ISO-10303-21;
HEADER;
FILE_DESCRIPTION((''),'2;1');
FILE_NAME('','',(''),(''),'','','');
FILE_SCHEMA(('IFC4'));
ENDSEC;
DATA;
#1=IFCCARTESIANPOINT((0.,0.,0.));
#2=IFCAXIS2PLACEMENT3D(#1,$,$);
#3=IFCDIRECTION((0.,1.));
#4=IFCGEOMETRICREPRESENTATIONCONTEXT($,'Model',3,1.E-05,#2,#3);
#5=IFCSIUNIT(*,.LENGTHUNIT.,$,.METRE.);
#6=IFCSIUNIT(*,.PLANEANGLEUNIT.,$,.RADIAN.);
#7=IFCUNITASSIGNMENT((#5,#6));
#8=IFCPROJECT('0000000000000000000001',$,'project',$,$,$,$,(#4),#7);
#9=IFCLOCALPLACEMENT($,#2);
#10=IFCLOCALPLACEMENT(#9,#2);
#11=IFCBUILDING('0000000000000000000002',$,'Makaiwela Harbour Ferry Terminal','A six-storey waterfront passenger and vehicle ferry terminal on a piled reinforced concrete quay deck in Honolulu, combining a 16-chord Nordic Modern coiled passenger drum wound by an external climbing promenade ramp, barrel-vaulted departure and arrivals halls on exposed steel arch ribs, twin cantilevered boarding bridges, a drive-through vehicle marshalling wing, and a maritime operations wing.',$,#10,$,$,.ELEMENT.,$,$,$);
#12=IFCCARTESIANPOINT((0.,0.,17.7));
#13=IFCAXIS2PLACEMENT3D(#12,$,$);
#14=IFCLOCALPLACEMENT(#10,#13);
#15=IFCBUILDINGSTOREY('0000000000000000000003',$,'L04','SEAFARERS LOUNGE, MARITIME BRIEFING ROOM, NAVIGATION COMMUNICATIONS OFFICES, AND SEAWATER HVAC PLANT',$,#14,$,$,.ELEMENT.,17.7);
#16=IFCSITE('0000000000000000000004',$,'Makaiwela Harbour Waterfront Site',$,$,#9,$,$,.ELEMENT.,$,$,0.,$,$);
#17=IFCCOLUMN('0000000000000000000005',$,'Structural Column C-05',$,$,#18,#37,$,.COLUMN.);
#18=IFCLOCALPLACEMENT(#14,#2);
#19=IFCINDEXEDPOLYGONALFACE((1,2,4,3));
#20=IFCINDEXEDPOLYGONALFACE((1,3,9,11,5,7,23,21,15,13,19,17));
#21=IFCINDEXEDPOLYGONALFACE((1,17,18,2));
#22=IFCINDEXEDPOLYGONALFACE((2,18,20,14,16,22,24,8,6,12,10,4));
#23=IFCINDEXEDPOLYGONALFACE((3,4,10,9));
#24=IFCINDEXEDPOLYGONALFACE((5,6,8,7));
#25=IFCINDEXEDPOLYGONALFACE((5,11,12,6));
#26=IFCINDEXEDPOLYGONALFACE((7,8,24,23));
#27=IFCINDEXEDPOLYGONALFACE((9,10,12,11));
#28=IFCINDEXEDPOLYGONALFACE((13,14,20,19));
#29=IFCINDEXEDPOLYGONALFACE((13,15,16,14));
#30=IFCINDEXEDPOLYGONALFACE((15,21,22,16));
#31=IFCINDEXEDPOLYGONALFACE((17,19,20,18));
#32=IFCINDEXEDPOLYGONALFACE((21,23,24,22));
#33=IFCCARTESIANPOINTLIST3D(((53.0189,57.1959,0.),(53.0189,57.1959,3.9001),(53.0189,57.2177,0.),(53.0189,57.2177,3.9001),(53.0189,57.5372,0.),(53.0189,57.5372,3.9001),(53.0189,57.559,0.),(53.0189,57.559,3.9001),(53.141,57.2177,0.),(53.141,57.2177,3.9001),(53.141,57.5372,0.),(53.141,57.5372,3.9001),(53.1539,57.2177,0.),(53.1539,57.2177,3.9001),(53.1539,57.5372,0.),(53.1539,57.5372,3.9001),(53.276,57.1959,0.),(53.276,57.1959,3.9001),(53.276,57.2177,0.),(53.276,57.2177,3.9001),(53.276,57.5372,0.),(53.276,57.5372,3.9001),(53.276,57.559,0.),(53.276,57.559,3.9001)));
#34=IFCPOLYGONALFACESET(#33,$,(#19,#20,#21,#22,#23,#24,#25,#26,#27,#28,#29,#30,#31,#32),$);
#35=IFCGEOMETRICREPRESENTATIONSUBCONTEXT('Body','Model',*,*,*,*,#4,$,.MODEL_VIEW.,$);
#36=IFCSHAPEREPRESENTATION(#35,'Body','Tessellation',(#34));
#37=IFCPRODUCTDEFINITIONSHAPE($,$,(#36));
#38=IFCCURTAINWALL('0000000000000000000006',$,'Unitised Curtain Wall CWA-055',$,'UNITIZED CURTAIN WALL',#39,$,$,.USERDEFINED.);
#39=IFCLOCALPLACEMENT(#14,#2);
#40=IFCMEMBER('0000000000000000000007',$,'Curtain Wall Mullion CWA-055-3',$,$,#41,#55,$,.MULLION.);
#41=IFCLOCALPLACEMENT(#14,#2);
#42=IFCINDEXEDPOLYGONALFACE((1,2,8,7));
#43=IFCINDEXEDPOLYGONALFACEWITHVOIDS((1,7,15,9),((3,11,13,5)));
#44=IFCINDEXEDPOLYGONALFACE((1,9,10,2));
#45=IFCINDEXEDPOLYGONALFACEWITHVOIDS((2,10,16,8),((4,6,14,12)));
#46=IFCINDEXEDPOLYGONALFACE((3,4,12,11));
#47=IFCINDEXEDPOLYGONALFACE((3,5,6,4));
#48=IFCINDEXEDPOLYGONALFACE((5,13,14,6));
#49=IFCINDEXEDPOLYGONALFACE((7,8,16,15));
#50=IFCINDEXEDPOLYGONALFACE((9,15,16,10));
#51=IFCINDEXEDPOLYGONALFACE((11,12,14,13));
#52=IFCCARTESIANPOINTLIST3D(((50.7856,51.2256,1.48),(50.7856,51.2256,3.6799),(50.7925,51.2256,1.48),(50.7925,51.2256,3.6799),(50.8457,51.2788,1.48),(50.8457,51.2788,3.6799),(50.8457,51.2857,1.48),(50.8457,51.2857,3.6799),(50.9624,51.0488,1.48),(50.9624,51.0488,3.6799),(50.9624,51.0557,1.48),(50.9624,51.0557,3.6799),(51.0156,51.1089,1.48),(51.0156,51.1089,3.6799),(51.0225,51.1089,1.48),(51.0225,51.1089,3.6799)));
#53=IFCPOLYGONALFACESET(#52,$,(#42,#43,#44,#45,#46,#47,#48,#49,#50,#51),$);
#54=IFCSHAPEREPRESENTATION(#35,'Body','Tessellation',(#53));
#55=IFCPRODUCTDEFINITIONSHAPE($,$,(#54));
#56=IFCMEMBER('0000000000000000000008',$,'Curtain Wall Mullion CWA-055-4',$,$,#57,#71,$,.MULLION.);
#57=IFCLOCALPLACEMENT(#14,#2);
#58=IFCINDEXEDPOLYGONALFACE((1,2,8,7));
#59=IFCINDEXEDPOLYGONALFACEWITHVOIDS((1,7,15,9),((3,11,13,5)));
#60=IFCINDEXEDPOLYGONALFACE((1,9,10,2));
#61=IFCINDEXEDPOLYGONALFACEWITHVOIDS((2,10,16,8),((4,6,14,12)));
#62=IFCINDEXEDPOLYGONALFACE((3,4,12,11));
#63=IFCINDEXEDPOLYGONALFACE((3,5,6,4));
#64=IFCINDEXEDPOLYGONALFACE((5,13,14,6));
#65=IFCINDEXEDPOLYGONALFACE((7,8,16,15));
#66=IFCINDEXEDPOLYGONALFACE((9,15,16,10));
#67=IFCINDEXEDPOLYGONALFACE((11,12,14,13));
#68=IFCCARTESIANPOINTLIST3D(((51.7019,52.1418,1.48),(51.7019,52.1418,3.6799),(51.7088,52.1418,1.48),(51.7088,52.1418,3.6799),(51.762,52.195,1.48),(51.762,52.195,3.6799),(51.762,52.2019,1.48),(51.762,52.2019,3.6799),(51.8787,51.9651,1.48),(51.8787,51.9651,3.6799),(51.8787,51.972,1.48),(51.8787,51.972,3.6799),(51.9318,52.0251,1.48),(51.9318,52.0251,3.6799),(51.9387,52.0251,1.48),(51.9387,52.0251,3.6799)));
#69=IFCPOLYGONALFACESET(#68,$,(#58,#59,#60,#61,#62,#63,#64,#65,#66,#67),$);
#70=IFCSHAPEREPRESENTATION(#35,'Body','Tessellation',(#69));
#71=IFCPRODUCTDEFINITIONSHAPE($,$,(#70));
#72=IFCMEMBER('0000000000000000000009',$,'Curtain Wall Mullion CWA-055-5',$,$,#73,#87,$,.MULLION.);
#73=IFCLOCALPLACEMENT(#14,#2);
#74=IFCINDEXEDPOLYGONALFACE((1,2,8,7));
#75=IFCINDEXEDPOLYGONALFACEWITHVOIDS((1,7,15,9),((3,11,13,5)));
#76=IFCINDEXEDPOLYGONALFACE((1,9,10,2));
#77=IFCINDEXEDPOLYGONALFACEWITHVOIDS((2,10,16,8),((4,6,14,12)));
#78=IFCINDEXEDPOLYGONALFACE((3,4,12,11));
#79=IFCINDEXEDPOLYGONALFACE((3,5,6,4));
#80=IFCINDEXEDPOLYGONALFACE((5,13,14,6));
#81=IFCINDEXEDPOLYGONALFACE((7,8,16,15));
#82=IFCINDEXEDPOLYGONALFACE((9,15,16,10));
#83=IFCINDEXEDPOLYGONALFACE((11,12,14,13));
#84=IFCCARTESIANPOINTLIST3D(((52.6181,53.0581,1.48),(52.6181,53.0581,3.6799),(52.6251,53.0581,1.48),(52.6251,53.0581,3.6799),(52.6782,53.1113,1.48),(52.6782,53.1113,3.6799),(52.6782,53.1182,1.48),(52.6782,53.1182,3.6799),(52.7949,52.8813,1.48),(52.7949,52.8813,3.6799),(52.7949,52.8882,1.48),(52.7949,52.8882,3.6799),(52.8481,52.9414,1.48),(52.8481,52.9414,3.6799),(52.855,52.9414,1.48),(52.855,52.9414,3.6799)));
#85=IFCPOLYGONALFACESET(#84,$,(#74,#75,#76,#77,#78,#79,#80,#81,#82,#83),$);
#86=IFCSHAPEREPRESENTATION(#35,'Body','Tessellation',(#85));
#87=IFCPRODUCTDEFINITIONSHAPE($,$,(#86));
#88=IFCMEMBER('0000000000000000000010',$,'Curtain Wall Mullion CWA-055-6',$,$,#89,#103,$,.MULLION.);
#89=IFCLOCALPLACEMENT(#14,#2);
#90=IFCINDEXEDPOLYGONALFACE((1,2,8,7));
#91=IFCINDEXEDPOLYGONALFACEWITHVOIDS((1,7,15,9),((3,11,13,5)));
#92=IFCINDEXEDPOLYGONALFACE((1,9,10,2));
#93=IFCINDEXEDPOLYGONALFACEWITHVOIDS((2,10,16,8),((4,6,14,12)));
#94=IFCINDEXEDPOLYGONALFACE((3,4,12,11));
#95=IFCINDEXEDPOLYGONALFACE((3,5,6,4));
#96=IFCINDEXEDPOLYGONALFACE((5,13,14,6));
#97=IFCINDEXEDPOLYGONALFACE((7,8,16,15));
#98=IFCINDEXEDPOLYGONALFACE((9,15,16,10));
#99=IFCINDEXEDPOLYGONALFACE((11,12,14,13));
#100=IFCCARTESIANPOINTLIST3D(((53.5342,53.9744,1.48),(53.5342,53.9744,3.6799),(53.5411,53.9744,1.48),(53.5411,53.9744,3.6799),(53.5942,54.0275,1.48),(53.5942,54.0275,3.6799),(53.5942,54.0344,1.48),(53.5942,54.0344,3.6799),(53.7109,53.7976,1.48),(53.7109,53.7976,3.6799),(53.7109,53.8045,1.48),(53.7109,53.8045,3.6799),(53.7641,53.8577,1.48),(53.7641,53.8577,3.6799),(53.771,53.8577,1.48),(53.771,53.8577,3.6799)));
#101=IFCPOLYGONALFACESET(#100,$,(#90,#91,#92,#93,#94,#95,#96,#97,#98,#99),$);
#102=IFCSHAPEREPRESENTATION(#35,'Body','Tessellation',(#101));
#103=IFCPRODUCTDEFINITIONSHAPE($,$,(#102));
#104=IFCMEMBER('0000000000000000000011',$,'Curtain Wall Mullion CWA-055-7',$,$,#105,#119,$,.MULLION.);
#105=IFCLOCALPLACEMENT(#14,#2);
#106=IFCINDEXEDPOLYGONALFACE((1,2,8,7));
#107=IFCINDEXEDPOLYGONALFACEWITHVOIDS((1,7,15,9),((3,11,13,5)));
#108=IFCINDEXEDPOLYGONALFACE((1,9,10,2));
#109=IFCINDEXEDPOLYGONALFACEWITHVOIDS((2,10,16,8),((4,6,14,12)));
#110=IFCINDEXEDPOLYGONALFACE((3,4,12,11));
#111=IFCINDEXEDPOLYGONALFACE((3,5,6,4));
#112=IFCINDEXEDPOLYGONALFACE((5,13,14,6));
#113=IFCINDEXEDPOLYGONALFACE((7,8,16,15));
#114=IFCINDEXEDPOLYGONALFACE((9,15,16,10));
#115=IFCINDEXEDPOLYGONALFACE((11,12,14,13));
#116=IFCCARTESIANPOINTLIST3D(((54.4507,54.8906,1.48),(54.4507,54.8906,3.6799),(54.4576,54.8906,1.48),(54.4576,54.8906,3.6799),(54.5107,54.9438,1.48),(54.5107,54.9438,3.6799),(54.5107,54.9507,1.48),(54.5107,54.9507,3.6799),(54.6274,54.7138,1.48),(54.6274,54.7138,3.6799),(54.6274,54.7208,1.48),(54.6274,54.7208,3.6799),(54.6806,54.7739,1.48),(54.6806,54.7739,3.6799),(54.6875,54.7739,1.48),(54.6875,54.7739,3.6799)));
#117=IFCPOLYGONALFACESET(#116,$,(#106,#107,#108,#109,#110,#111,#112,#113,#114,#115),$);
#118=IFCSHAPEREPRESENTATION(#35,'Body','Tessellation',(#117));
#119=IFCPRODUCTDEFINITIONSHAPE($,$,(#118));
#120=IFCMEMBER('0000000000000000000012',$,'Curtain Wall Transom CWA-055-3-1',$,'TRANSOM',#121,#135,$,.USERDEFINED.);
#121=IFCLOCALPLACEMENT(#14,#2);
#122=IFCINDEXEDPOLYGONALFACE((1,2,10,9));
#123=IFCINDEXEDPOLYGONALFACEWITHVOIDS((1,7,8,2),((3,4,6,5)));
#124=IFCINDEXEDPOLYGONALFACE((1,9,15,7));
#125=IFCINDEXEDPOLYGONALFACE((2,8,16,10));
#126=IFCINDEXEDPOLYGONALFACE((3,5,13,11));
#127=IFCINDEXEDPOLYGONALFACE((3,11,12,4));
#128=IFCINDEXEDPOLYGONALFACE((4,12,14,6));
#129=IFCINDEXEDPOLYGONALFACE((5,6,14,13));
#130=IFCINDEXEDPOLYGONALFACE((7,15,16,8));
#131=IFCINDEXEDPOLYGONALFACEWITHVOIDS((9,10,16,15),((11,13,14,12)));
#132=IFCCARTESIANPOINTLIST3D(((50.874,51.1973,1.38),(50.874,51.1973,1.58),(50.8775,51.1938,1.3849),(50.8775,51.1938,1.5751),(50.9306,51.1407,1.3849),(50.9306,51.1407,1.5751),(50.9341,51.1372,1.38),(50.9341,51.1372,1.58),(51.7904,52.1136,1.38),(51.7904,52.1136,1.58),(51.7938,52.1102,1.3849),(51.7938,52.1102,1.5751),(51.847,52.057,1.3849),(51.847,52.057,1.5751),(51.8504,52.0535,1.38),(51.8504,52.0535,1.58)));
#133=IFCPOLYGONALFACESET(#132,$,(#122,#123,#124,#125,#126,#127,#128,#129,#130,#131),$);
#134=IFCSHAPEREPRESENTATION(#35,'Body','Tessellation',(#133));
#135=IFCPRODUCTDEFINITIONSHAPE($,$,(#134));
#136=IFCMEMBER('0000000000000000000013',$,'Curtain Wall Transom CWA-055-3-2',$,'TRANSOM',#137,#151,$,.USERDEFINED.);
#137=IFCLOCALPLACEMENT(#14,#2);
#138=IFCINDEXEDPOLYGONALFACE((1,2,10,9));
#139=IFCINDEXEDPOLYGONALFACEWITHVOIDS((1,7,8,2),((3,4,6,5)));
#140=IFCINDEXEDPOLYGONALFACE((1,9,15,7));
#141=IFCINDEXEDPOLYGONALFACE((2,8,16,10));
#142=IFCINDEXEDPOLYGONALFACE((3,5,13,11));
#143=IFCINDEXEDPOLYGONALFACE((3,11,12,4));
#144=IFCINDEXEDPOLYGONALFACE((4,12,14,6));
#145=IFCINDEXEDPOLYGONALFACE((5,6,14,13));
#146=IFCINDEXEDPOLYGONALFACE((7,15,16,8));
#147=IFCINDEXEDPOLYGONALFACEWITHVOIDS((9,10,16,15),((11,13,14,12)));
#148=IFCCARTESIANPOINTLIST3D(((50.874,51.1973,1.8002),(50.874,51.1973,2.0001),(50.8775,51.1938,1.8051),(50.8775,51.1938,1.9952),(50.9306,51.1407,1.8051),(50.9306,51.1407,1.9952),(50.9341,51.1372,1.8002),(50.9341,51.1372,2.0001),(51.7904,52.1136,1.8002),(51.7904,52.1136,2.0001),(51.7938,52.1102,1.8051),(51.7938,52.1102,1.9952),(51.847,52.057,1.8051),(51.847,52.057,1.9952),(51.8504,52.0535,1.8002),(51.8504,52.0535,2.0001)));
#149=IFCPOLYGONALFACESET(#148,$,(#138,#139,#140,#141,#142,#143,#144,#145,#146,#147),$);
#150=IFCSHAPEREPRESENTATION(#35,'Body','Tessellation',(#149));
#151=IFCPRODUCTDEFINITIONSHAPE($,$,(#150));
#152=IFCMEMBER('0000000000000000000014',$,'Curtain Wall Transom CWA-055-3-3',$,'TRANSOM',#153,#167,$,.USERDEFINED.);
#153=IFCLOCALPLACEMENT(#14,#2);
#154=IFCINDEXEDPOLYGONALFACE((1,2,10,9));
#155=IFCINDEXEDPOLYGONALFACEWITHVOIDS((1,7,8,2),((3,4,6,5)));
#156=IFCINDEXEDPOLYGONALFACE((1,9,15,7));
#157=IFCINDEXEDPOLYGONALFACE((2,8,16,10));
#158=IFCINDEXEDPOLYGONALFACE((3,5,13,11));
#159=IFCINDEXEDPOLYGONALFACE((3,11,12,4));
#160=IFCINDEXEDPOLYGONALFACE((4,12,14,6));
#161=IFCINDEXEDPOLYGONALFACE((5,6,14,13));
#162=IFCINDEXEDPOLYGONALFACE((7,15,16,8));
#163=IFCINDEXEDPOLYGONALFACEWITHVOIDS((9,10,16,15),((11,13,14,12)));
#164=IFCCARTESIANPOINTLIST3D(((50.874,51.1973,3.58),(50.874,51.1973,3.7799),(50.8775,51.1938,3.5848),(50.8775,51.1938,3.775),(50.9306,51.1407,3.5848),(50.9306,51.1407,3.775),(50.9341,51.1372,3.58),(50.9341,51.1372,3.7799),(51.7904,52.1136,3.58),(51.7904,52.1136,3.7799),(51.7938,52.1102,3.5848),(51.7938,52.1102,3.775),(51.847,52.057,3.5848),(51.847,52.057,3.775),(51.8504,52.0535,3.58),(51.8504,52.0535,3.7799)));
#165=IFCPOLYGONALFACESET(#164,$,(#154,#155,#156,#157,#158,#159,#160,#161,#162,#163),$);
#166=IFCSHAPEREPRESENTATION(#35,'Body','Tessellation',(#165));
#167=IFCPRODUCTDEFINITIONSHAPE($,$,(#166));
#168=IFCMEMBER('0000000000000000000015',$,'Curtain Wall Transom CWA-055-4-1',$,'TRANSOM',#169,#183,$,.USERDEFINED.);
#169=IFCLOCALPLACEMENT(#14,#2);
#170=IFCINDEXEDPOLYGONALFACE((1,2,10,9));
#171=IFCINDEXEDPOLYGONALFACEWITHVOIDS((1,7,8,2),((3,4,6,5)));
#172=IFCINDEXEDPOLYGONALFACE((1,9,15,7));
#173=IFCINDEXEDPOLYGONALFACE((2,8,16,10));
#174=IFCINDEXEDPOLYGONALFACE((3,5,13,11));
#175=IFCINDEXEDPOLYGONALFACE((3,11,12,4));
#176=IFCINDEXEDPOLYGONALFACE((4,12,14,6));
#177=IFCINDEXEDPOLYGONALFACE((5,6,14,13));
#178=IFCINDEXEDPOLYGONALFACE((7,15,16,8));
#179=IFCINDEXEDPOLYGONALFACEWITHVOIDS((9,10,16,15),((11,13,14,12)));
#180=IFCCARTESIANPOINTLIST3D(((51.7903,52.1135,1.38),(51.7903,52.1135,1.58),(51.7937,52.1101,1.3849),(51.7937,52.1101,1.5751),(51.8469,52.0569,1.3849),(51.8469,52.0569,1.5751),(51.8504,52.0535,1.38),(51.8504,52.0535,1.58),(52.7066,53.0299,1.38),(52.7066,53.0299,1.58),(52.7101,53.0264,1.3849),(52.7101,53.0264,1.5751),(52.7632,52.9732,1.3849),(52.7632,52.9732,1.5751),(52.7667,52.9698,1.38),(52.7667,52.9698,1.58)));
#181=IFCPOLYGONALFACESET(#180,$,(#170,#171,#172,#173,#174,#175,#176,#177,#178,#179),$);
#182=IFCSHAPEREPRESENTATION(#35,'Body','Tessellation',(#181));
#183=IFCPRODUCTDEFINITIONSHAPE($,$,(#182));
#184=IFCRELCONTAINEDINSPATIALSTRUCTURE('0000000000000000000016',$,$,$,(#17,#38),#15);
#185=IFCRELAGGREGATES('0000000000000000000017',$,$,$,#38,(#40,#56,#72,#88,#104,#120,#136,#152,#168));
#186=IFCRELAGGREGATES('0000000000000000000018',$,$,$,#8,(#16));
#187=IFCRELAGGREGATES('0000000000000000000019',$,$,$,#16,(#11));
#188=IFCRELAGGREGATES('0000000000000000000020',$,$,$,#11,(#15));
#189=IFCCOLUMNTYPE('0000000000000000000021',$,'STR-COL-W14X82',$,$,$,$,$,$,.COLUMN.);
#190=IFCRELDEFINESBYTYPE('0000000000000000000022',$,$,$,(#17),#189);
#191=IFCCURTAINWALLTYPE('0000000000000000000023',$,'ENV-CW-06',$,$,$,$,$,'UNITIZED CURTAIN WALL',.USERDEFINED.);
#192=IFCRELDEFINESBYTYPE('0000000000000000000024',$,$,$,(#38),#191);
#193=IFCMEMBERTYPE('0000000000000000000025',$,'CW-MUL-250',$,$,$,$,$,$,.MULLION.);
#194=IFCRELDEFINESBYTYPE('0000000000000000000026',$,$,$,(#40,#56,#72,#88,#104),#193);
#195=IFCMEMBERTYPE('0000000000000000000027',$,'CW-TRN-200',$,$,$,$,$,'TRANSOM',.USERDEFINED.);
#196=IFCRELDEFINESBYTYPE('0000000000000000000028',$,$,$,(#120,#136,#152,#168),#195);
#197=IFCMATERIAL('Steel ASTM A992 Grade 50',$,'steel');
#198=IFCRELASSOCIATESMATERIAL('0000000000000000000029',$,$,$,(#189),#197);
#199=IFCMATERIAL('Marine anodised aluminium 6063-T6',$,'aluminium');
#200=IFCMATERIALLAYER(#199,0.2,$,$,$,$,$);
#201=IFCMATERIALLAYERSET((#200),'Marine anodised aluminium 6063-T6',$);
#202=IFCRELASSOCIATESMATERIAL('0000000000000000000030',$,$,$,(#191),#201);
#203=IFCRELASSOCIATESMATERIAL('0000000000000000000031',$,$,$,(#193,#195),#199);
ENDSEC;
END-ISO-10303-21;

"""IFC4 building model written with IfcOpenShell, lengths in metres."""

from ifc_helpers import new_model, si_unit, direction, frame, origin, origin_2d, place, context, subcontext, project, spatial, hollow_rectangle, i_section, extrude, material, layer, layer_set, material_profile, profile_set, type_object, element, aggregate, save


model = new_model("IFC4")

# Units and contexts
model_context = context("Model", 3, precision=1e-05, world=origin(), true_north=direction((0.0, 1.0)))
body_context = subcontext(model_context, "Body", "Model", "MODEL_VIEW")
ifc_project = project(units=[si_unit("LENGTHUNIT", "METRE"), si_unit("PLANEANGLEUNIT", "RADIAN")], contexts=[model_context])

# Site, building, storey
site_placement = place(None, origin())
site = spatial("IfcSite", under=ifc_project, at=site_placement, Name="Makaiwela Harbour Waterfront Site", CompositionType="ELEMENT", RefElevation=0.0)
building_placement = place(site_placement, origin())
building = spatial("IfcBuilding", under=site, at=building_placement, Name="Makaiwela Harbour Ferry Terminal", Description="A six-storey waterfront passenger and vehicle ferry terminal on a piled reinforced concrete quay deck in Honolulu, combining a 16-chord Nordic Modern coiled passenger drum wound by an external climbing promenade ramp, barrel-vaulted departure and arrivals halls on exposed steel arch ribs, twin cantilevered boarding bridges, a drive-through vehicle marshalling wing, and a maritime operations wing.", CompositionType="ELEMENT")
storey_placement = place(building_placement, frame((0.0, 0.0, 17.7)))
storey = spatial("IfcBuildingStorey", under=building, at=storey_placement, Name="L04", Description="SEAFARERS LOUNGE, MARITIME BRIEFING ROOM, NAVIGATION COMMUNICATIONS OFFICES, AND SEAWATER HVAC PLANT", CompositionType="ELEMENT", Elevation=17.7)

# Column
ifc_material_1 = material(Name="Steel ASTM A992 Grade 50", Category="steel")
ifc_material_profile_1 = material_profile(ifc_material_1, i_section(OverallWidth=0.2571, OverallDepth=0.363, WebThickness=0.0129, FlangeThickness=0.0217, at=origin_2d()), Name="W14X82")
ifc_profile_set_1 = profile_set([ifc_material_profile_1], Name="Steel ASTM A992 Grade 50")
column_type = type_object("IfcColumnType", Name="STR-COL-W14X82", PredefinedType="COLUMN", material=ifc_profile_set_1)
column_placement = place(storey_placement, frame((53.1475, 57.3774, 0.0), z_axis=(0.0, 0.0, 1.0), x_axis=(1.0, 0.0, 0.0)))
element("IfcColumn", 1, at=column_placement, inside=storey, type_object=column_type, Name="Structural Column C-05", PredefinedType="COLUMN", context=body_context, shape_type="SweptSolid", body=[
    extrude(i_section(OverallWidth=0.2571, OverallDepth=0.363, WebThickness=0.0129, FlangeThickness=0.0217, at=origin_2d()), origin(), (0.0, 0.0, 1.0), 3.9001),
])

# Curtain wall, members
ifc_material_2 = material(Name="Marine anodised aluminium 6063-T6", Category="aluminium")
ifc_layer_1 = layer(ifc_material_2, 0.2)
ifc_layer_set_1 = layer_set([ifc_layer_1], Name="Marine anodised aluminium 6063-T6")
curtain_wall_type = type_object("IfcCurtainWallType", Name="ENV-CW-06", ElementType="UNITIZED CURTAIN WALL", PredefinedType="USERDEFINED", material=ifc_layer_set_1)
curtain_wall_placement = place(storey_placement, origin())
curtain_wall = element("IfcCurtainWall", 2, at=curtain_wall_placement, inside=storey, type_object=curtain_wall_type, Name="Unitised Curtain Wall CWA-055", ObjectType="UNITIZED CURTAIN WALL", PredefinedType="USERDEFINED")
ifc_material_profile_2 = material_profile(ifc_material_2, hollow_rectangle(XDim=0.085, YDim=0.25, WallThickness=0.0049, at=origin_2d()), Name="CWM-250X85")
ifc_profile_set_2 = profile_set([ifc_material_profile_2], Name="Marine anodised aluminium 6063-T6")
member_type_1 = type_object("IfcMemberType", Name="CW-MUL-250", PredefinedType="MULLION", material=ifc_profile_set_2)
member_1_placement = place(storey_placement, frame((50.9041, 51.1672, 1.48), z_axis=(0.0, 0.0, 1.0), x_axis=(0.707107, 0.707107, 0.0)))
member_1 = element("IfcMember", 3, at=member_1_placement, type_object=member_type_1, Name="Curtain Wall Mullion CWA-055-3", PredefinedType="MULLION", context=body_context, shape_type="SweptSolid", body=[
    extrude(hollow_rectangle(XDim=0.085, YDim=0.25, WallThickness=0.0049, at=origin_2d()), origin(), (0.0, 0.0, 1.0), 2.2),
])
member_2_placement = place(storey_placement, frame((51.8203, 52.0835, 1.48), z_axis=(0.0, 0.0, 1.0), x_axis=(0.707107, 0.707107, 0.0)))
member_2 = element("IfcMember", 4, at=member_2_placement, type_object=member_type_1, Name="Curtain Wall Mullion CWA-055-4", PredefinedType="MULLION", context=body_context, shape_type="SweptSolid", body=[
    extrude(hollow_rectangle(XDim=0.085, YDim=0.25, WallThickness=0.0049, at=origin_2d()), origin(), (0.0, 0.0, 1.0), 2.2),
])
member_3_placement = place(storey_placement, frame((52.7366, 52.9998, 1.48), z_axis=(0.0, 0.0, 1.0), x_axis=(0.707107, 0.707107, 0.0)))
member_3 = element("IfcMember", 5, at=member_3_placement, type_object=member_type_1, Name="Curtain Wall Mullion CWA-055-5", PredefinedType="MULLION", context=body_context, shape_type="SweptSolid", body=[
    extrude(hollow_rectangle(XDim=0.085, YDim=0.25, WallThickness=0.0049, at=origin_2d()), origin(), (0.0, 0.0, 1.0), 2.2),
])
member_4_placement = place(storey_placement, frame((53.6526, 53.916, 1.48), z_axis=(0.0, 0.0, 1.0), x_axis=(0.707107, 0.707107, 0.0)))
member_4 = element("IfcMember", 6, at=member_4_placement, type_object=member_type_1, Name="Curtain Wall Mullion CWA-055-6", PredefinedType="MULLION", context=body_context, shape_type="SweptSolid", body=[
    extrude(hollow_rectangle(XDim=0.085, YDim=0.25, WallThickness=0.0049, at=origin_2d()), origin(), (0.0, 0.0, 1.0), 2.2),
])
member_5_placement = place(storey_placement, frame((54.5691, 54.8323, 1.48), z_axis=(0.0, 0.0, 1.0), x_axis=(0.707107, 0.707107, 0.0)))
member_5 = element("IfcMember", 7, at=member_5_placement, type_object=member_type_1, Name="Curtain Wall Mullion CWA-055-7", PredefinedType="MULLION", context=body_context, shape_type="SweptSolid", body=[
    extrude(hollow_rectangle(XDim=0.085, YDim=0.25, WallThickness=0.0049, at=origin_2d()), origin(), (0.0, 0.0, 1.0), 2.2),
])
ifc_material_profile_3 = material_profile(ifc_material_2, hollow_rectangle(XDim=0.085, YDim=0.2, WallThickness=0.0049, at=origin_2d()), Name="CWT-200X85")
ifc_profile_set_3 = profile_set([ifc_material_profile_3], Name="Marine anodised aluminium 6063-T6")
member_type_2 = type_object("IfcMemberType", Name="CW-TRN-200", ElementType="TRANSOM", PredefinedType="USERDEFINED", material=ifc_profile_set_3)
member_6_placement = place(storey_placement, frame((50.9041, 51.1672, 1.48), z_axis=(0.707107, 0.707107, 0.0), x_axis=(-0.707107, 0.707107, 0.0)))
member_6 = element("IfcMember", 8, at=member_6_placement, type_object=member_type_2, Name="Curtain Wall Transom CWA-055-3-1", ObjectType="TRANSOM", PredefinedType="USERDEFINED", context=body_context, shape_type="SweptSolid", body=[
    extrude(hollow_rectangle(XDim=0.085, YDim=0.2, WallThickness=0.0049, at=origin_2d()), origin(), (0.0, 0.0, 1.0), 1.2959),
])
member_7_placement = place(storey_placement, frame((50.9041, 51.1672, 1.9001), z_axis=(0.707107, 0.707107, 0.0), x_axis=(-0.707107, 0.707107, 0.0)))
member_7 = element("IfcMember", 9, at=member_7_placement, type_object=member_type_2, Name="Curtain Wall Transom CWA-055-3-2", ObjectType="TRANSOM", PredefinedType="USERDEFINED", context=body_context, shape_type="SweptSolid", body=[
    extrude(hollow_rectangle(XDim=0.085, YDim=0.2, WallThickness=0.0049, at=origin_2d()), origin(), (0.0, 0.0, 1.0), 1.2959),
])
member_8_placement = place(storey_placement, frame((50.9041, 51.1672, 3.6799), z_axis=(0.707107, 0.707107, 0.0), x_axis=(-0.707107, 0.707107, 0.0)))
member_8 = element("IfcMember", 10, at=member_8_placement, type_object=member_type_2, Name="Curtain Wall Transom CWA-055-3-3", ObjectType="TRANSOM", PredefinedType="USERDEFINED", context=body_context, shape_type="SweptSolid", body=[
    extrude(hollow_rectangle(XDim=0.085, YDim=0.2, WallThickness=0.0049, at=origin_2d()), origin(), (0.0, 0.0, 1.0), 1.2959),
])
member_9_placement = place(storey_placement, frame((51.8203, 52.0835, 1.48), z_axis=(0.707107, 0.707107, 0.0), x_axis=(-0.707107, 0.707107, 0.0)))
member_9 = element("IfcMember", 11, at=member_9_placement, type_object=member_type_2, Name="Curtain Wall Transom CWA-055-4-1", ObjectType="TRANSOM", PredefinedType="USERDEFINED", context=body_context, shape_type="SweptSolid", body=[
    extrude(hollow_rectangle(XDim=0.085, YDim=0.2, WallThickness=0.0049, at=origin_2d()), origin(), (0.0, 0.0, 1.0), 1.2959),
])

aggregate(curtain_wall, [member_1, member_2, member_3, member_4, member_5, member_6, member_7, member_8, member_9])

save(model, "model.ifc")
